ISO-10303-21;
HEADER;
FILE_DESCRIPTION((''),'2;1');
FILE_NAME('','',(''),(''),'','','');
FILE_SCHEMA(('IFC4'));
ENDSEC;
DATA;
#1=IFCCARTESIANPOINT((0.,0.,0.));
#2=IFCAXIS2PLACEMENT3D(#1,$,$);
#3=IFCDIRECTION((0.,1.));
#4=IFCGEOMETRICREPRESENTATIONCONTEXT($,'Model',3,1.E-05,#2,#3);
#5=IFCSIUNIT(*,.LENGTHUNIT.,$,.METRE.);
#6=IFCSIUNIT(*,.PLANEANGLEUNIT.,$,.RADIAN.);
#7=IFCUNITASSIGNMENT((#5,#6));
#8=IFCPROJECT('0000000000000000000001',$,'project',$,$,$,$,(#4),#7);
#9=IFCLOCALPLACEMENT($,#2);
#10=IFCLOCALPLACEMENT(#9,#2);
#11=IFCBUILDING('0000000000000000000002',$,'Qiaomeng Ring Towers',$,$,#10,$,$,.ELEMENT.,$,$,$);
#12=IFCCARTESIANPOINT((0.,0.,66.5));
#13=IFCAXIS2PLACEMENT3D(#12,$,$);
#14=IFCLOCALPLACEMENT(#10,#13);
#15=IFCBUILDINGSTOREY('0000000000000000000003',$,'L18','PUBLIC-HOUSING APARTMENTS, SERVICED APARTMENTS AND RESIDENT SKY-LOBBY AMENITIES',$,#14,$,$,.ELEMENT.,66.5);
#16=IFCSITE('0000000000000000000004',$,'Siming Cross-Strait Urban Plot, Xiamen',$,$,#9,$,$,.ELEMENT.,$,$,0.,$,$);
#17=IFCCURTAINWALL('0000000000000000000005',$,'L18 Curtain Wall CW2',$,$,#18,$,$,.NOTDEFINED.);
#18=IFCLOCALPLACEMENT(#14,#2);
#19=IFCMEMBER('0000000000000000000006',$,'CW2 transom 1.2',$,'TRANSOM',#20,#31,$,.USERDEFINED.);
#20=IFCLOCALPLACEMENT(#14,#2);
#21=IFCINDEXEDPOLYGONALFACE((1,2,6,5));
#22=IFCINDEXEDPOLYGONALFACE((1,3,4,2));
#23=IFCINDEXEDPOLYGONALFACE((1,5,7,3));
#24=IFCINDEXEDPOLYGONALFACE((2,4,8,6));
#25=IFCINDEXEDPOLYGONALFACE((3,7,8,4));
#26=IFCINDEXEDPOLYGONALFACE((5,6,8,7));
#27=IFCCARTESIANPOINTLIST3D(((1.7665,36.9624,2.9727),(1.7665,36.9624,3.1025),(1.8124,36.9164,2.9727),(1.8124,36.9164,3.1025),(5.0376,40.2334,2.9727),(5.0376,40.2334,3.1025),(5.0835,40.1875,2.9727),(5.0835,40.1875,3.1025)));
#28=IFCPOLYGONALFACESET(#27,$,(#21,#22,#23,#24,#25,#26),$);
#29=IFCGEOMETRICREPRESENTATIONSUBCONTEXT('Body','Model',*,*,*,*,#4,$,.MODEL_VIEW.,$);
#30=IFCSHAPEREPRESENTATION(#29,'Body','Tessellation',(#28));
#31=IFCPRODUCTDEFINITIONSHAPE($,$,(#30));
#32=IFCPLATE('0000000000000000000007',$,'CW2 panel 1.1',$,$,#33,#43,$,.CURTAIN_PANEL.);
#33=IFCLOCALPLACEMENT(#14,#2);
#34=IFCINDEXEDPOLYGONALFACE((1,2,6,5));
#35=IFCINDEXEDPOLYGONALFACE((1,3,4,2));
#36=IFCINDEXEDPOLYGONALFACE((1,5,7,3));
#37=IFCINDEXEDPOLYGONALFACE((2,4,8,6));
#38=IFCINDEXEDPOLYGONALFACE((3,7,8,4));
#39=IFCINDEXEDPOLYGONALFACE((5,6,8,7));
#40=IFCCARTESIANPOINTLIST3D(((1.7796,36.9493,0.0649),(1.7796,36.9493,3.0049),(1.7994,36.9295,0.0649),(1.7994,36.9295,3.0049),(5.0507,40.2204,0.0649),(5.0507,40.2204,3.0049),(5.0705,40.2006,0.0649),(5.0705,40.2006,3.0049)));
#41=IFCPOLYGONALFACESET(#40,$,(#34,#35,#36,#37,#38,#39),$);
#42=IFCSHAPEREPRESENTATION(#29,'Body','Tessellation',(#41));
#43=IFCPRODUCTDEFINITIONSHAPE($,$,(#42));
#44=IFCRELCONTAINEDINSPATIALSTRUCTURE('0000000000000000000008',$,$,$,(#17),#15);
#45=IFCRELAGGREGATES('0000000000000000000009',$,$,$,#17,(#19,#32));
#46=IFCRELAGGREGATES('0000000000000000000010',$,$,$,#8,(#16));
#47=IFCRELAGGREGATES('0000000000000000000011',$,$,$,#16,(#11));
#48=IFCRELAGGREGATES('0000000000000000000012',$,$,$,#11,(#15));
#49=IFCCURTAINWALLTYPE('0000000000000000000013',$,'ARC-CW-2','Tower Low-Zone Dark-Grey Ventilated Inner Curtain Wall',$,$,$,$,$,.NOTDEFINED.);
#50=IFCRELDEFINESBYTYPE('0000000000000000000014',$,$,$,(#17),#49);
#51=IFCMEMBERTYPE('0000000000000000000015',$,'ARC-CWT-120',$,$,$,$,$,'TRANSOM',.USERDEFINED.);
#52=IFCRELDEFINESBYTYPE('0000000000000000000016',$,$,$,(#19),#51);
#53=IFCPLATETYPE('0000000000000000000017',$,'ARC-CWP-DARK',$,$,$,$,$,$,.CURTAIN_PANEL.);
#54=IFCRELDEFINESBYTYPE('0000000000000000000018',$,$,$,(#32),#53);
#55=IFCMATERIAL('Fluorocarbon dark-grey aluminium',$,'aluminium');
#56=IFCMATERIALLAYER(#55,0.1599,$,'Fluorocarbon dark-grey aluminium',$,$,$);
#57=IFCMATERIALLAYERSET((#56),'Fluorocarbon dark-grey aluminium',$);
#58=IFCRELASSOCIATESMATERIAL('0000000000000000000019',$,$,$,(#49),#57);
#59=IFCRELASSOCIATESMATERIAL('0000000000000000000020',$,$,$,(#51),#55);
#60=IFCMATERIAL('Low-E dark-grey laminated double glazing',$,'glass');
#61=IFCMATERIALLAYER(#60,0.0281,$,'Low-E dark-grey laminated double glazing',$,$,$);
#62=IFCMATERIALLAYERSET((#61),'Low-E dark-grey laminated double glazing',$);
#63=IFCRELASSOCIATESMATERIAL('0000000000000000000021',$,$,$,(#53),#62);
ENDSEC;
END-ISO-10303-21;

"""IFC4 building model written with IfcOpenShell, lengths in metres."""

from ifc_helpers import new_model, si_unit, direction, frame, origin, origin_2d, place, context, subcontext, project, spatial, rectangle, extrude, source, transform, mapped, material, layer, layer_set, material_profile, profile_set, type_object, element, aggregate, save


model = new_model("IFC4")

# Units and contexts
model_context = context("Model", 3, precision=1e-05, world=origin(), true_north=direction((0.0, 1.0)))
body_context = subcontext(model_context, "Body", "Model", "MODEL_VIEW")
ifc_project = project(units=[si_unit("LENGTHUNIT", "METRE"), si_unit("PLANEANGLEUNIT", "RADIAN")], contexts=[model_context])

# Site, building, storey
site_placement = place(None, origin())
site = spatial("IfcSite", under=ifc_project, at=site_placement, Name="Siming Cross-Strait Urban Plot, Xiamen", CompositionType="ELEMENT", RefElevation=0.0)
building_placement = place(site_placement, origin())
building = spatial("IfcBuilding", under=site, at=building_placement, Name="Qiaomeng Ring Towers", CompositionType="ELEMENT")
storey_placement = place(building_placement, frame((0.0, 0.0, 66.5)))
storey = spatial("IfcBuildingStorey", under=building, at=storey_placement, Name="L18", Description="PUBLIC-HOUSING APARTMENTS, SERVICED APARTMENTS AND RESIDENT SKY-LOBBY AMENITIES", CompositionType="ELEMENT", Elevation=66.5)

# Curtain wall, member, plate
ifc_material_1 = material(Name="Fluorocarbon dark-grey aluminium", Category="aluminium")
ifc_layer_1 = layer(ifc_material_1, 0.1599, Name="Fluorocarbon dark-grey aluminium")
ifc_layer_set_1 = layer_set([ifc_layer_1], Name="Fluorocarbon dark-grey aluminium")
curtain_wall_type = type_object("IfcCurtainWallType", Name="ARC-CW-2", Description="Tower Low-Zone Dark-Grey Ventilated Inner Curtain Wall", PredefinedType="NOTDEFINED", material=ifc_layer_set_1)
curtain_wall_placement = place(storey_placement, origin())
curtain_wall = element("IfcCurtainWall", 1, at=curtain_wall_placement, inside=storey, type_object=curtain_wall_type, Name="L18 Curtain Wall CW2", PredefinedType="NOTDEFINED")
ifc_material_profile_1 = material_profile(ifc_material_1, rectangle(XDim=0.0649, YDim=0.1299, at=origin_2d()), Name="ALU TRAN 65x130")
ifc_profile_set_1 = profile_set([ifc_material_profile_1], Name="Fluorocarbon dark-grey aluminium")
member_type_1 = type_object("IfcMemberType", Name="ARC-CWT-120", ElementType="TRANSOM", PredefinedType="USERDEFINED", material=ifc_profile_set_1)
shared_shape_1 = source(origin(), body_context, "Body", "SweptSolid", [
    extrude(rectangle(XDim=0.0649, YDim=0.1299, at=origin_2d()), origin(), (0.0, 0.0, 1.0), 4.626),
])
member_1_placement = place(storey_placement, frame((5.0605, 40.2104, 3.0376), z_axis=(-0.707107, -0.707107, 0.0), x_axis=(0.707107, -0.707107, 0.0)))
member_1 = element("IfcMember", 2, at=member_1_placement, type_object=member_type_1, Name="CW2 transom 1.2", ObjectType="TRANSOM", PredefinedType="USERDEFINED", context=body_context, shape_type="MappedRepresentation", body=[
    mapped(shared_shape_1, transform((0.0, 0.0, 0.0), x_axis=(1.0, 0.0, 0.0), y_axis=(0.0, 1.0, 0.0), z_axis=(0.0, 0.0, 1.0), scale=1.0)),
])
ifc_material_2 = material(Name="Low-E dark-grey laminated double glazing", Category="glass")
ifc_layer_2 = layer(ifc_material_2, 0.0281, Name="Low-E dark-grey laminated double glazing")
ifc_layer_set_2 = layer_set([ifc_layer_2], Name="Low-E dark-grey laminated double glazing")
plate_type = type_object("IfcPlateType", Name="ARC-CWP-DARK", PredefinedType="CURTAIN_PANEL", material=ifc_layer_set_2)
shared_shape_2 = source(origin(), body_context, "Body", "SweptSolid", [
    extrude(rectangle(XDim=4.626, YDim=0.0281, at=origin_2d()), origin(), (0.0, 0.0, 1.0), 2.9399),
])
plate_placement = place(storey_placement, frame((3.425, 38.575, 0.0649), z_axis=(0.0, 0.0, 1.0), x_axis=(-0.707107, -0.707107, 0.0)))
plate = element("IfcPlate", 3, at=plate_placement, type_object=plate_type, Name="CW2 panel 1.1", PredefinedType="CURTAIN_PANEL", context=body_context, shape_type="MappedRepresentation", body=[
    mapped(shared_shape_2, transform((0.0, 0.0, 0.0), x_axis=(1.0, 0.0, 0.0), y_axis=(0.0, 1.0, 0.0), z_axis=(0.0, 0.0, 1.0), scale=1.0)),
])
aggregate(curtain_wall, [member_1, plate])

save(model, "model.ifc")
